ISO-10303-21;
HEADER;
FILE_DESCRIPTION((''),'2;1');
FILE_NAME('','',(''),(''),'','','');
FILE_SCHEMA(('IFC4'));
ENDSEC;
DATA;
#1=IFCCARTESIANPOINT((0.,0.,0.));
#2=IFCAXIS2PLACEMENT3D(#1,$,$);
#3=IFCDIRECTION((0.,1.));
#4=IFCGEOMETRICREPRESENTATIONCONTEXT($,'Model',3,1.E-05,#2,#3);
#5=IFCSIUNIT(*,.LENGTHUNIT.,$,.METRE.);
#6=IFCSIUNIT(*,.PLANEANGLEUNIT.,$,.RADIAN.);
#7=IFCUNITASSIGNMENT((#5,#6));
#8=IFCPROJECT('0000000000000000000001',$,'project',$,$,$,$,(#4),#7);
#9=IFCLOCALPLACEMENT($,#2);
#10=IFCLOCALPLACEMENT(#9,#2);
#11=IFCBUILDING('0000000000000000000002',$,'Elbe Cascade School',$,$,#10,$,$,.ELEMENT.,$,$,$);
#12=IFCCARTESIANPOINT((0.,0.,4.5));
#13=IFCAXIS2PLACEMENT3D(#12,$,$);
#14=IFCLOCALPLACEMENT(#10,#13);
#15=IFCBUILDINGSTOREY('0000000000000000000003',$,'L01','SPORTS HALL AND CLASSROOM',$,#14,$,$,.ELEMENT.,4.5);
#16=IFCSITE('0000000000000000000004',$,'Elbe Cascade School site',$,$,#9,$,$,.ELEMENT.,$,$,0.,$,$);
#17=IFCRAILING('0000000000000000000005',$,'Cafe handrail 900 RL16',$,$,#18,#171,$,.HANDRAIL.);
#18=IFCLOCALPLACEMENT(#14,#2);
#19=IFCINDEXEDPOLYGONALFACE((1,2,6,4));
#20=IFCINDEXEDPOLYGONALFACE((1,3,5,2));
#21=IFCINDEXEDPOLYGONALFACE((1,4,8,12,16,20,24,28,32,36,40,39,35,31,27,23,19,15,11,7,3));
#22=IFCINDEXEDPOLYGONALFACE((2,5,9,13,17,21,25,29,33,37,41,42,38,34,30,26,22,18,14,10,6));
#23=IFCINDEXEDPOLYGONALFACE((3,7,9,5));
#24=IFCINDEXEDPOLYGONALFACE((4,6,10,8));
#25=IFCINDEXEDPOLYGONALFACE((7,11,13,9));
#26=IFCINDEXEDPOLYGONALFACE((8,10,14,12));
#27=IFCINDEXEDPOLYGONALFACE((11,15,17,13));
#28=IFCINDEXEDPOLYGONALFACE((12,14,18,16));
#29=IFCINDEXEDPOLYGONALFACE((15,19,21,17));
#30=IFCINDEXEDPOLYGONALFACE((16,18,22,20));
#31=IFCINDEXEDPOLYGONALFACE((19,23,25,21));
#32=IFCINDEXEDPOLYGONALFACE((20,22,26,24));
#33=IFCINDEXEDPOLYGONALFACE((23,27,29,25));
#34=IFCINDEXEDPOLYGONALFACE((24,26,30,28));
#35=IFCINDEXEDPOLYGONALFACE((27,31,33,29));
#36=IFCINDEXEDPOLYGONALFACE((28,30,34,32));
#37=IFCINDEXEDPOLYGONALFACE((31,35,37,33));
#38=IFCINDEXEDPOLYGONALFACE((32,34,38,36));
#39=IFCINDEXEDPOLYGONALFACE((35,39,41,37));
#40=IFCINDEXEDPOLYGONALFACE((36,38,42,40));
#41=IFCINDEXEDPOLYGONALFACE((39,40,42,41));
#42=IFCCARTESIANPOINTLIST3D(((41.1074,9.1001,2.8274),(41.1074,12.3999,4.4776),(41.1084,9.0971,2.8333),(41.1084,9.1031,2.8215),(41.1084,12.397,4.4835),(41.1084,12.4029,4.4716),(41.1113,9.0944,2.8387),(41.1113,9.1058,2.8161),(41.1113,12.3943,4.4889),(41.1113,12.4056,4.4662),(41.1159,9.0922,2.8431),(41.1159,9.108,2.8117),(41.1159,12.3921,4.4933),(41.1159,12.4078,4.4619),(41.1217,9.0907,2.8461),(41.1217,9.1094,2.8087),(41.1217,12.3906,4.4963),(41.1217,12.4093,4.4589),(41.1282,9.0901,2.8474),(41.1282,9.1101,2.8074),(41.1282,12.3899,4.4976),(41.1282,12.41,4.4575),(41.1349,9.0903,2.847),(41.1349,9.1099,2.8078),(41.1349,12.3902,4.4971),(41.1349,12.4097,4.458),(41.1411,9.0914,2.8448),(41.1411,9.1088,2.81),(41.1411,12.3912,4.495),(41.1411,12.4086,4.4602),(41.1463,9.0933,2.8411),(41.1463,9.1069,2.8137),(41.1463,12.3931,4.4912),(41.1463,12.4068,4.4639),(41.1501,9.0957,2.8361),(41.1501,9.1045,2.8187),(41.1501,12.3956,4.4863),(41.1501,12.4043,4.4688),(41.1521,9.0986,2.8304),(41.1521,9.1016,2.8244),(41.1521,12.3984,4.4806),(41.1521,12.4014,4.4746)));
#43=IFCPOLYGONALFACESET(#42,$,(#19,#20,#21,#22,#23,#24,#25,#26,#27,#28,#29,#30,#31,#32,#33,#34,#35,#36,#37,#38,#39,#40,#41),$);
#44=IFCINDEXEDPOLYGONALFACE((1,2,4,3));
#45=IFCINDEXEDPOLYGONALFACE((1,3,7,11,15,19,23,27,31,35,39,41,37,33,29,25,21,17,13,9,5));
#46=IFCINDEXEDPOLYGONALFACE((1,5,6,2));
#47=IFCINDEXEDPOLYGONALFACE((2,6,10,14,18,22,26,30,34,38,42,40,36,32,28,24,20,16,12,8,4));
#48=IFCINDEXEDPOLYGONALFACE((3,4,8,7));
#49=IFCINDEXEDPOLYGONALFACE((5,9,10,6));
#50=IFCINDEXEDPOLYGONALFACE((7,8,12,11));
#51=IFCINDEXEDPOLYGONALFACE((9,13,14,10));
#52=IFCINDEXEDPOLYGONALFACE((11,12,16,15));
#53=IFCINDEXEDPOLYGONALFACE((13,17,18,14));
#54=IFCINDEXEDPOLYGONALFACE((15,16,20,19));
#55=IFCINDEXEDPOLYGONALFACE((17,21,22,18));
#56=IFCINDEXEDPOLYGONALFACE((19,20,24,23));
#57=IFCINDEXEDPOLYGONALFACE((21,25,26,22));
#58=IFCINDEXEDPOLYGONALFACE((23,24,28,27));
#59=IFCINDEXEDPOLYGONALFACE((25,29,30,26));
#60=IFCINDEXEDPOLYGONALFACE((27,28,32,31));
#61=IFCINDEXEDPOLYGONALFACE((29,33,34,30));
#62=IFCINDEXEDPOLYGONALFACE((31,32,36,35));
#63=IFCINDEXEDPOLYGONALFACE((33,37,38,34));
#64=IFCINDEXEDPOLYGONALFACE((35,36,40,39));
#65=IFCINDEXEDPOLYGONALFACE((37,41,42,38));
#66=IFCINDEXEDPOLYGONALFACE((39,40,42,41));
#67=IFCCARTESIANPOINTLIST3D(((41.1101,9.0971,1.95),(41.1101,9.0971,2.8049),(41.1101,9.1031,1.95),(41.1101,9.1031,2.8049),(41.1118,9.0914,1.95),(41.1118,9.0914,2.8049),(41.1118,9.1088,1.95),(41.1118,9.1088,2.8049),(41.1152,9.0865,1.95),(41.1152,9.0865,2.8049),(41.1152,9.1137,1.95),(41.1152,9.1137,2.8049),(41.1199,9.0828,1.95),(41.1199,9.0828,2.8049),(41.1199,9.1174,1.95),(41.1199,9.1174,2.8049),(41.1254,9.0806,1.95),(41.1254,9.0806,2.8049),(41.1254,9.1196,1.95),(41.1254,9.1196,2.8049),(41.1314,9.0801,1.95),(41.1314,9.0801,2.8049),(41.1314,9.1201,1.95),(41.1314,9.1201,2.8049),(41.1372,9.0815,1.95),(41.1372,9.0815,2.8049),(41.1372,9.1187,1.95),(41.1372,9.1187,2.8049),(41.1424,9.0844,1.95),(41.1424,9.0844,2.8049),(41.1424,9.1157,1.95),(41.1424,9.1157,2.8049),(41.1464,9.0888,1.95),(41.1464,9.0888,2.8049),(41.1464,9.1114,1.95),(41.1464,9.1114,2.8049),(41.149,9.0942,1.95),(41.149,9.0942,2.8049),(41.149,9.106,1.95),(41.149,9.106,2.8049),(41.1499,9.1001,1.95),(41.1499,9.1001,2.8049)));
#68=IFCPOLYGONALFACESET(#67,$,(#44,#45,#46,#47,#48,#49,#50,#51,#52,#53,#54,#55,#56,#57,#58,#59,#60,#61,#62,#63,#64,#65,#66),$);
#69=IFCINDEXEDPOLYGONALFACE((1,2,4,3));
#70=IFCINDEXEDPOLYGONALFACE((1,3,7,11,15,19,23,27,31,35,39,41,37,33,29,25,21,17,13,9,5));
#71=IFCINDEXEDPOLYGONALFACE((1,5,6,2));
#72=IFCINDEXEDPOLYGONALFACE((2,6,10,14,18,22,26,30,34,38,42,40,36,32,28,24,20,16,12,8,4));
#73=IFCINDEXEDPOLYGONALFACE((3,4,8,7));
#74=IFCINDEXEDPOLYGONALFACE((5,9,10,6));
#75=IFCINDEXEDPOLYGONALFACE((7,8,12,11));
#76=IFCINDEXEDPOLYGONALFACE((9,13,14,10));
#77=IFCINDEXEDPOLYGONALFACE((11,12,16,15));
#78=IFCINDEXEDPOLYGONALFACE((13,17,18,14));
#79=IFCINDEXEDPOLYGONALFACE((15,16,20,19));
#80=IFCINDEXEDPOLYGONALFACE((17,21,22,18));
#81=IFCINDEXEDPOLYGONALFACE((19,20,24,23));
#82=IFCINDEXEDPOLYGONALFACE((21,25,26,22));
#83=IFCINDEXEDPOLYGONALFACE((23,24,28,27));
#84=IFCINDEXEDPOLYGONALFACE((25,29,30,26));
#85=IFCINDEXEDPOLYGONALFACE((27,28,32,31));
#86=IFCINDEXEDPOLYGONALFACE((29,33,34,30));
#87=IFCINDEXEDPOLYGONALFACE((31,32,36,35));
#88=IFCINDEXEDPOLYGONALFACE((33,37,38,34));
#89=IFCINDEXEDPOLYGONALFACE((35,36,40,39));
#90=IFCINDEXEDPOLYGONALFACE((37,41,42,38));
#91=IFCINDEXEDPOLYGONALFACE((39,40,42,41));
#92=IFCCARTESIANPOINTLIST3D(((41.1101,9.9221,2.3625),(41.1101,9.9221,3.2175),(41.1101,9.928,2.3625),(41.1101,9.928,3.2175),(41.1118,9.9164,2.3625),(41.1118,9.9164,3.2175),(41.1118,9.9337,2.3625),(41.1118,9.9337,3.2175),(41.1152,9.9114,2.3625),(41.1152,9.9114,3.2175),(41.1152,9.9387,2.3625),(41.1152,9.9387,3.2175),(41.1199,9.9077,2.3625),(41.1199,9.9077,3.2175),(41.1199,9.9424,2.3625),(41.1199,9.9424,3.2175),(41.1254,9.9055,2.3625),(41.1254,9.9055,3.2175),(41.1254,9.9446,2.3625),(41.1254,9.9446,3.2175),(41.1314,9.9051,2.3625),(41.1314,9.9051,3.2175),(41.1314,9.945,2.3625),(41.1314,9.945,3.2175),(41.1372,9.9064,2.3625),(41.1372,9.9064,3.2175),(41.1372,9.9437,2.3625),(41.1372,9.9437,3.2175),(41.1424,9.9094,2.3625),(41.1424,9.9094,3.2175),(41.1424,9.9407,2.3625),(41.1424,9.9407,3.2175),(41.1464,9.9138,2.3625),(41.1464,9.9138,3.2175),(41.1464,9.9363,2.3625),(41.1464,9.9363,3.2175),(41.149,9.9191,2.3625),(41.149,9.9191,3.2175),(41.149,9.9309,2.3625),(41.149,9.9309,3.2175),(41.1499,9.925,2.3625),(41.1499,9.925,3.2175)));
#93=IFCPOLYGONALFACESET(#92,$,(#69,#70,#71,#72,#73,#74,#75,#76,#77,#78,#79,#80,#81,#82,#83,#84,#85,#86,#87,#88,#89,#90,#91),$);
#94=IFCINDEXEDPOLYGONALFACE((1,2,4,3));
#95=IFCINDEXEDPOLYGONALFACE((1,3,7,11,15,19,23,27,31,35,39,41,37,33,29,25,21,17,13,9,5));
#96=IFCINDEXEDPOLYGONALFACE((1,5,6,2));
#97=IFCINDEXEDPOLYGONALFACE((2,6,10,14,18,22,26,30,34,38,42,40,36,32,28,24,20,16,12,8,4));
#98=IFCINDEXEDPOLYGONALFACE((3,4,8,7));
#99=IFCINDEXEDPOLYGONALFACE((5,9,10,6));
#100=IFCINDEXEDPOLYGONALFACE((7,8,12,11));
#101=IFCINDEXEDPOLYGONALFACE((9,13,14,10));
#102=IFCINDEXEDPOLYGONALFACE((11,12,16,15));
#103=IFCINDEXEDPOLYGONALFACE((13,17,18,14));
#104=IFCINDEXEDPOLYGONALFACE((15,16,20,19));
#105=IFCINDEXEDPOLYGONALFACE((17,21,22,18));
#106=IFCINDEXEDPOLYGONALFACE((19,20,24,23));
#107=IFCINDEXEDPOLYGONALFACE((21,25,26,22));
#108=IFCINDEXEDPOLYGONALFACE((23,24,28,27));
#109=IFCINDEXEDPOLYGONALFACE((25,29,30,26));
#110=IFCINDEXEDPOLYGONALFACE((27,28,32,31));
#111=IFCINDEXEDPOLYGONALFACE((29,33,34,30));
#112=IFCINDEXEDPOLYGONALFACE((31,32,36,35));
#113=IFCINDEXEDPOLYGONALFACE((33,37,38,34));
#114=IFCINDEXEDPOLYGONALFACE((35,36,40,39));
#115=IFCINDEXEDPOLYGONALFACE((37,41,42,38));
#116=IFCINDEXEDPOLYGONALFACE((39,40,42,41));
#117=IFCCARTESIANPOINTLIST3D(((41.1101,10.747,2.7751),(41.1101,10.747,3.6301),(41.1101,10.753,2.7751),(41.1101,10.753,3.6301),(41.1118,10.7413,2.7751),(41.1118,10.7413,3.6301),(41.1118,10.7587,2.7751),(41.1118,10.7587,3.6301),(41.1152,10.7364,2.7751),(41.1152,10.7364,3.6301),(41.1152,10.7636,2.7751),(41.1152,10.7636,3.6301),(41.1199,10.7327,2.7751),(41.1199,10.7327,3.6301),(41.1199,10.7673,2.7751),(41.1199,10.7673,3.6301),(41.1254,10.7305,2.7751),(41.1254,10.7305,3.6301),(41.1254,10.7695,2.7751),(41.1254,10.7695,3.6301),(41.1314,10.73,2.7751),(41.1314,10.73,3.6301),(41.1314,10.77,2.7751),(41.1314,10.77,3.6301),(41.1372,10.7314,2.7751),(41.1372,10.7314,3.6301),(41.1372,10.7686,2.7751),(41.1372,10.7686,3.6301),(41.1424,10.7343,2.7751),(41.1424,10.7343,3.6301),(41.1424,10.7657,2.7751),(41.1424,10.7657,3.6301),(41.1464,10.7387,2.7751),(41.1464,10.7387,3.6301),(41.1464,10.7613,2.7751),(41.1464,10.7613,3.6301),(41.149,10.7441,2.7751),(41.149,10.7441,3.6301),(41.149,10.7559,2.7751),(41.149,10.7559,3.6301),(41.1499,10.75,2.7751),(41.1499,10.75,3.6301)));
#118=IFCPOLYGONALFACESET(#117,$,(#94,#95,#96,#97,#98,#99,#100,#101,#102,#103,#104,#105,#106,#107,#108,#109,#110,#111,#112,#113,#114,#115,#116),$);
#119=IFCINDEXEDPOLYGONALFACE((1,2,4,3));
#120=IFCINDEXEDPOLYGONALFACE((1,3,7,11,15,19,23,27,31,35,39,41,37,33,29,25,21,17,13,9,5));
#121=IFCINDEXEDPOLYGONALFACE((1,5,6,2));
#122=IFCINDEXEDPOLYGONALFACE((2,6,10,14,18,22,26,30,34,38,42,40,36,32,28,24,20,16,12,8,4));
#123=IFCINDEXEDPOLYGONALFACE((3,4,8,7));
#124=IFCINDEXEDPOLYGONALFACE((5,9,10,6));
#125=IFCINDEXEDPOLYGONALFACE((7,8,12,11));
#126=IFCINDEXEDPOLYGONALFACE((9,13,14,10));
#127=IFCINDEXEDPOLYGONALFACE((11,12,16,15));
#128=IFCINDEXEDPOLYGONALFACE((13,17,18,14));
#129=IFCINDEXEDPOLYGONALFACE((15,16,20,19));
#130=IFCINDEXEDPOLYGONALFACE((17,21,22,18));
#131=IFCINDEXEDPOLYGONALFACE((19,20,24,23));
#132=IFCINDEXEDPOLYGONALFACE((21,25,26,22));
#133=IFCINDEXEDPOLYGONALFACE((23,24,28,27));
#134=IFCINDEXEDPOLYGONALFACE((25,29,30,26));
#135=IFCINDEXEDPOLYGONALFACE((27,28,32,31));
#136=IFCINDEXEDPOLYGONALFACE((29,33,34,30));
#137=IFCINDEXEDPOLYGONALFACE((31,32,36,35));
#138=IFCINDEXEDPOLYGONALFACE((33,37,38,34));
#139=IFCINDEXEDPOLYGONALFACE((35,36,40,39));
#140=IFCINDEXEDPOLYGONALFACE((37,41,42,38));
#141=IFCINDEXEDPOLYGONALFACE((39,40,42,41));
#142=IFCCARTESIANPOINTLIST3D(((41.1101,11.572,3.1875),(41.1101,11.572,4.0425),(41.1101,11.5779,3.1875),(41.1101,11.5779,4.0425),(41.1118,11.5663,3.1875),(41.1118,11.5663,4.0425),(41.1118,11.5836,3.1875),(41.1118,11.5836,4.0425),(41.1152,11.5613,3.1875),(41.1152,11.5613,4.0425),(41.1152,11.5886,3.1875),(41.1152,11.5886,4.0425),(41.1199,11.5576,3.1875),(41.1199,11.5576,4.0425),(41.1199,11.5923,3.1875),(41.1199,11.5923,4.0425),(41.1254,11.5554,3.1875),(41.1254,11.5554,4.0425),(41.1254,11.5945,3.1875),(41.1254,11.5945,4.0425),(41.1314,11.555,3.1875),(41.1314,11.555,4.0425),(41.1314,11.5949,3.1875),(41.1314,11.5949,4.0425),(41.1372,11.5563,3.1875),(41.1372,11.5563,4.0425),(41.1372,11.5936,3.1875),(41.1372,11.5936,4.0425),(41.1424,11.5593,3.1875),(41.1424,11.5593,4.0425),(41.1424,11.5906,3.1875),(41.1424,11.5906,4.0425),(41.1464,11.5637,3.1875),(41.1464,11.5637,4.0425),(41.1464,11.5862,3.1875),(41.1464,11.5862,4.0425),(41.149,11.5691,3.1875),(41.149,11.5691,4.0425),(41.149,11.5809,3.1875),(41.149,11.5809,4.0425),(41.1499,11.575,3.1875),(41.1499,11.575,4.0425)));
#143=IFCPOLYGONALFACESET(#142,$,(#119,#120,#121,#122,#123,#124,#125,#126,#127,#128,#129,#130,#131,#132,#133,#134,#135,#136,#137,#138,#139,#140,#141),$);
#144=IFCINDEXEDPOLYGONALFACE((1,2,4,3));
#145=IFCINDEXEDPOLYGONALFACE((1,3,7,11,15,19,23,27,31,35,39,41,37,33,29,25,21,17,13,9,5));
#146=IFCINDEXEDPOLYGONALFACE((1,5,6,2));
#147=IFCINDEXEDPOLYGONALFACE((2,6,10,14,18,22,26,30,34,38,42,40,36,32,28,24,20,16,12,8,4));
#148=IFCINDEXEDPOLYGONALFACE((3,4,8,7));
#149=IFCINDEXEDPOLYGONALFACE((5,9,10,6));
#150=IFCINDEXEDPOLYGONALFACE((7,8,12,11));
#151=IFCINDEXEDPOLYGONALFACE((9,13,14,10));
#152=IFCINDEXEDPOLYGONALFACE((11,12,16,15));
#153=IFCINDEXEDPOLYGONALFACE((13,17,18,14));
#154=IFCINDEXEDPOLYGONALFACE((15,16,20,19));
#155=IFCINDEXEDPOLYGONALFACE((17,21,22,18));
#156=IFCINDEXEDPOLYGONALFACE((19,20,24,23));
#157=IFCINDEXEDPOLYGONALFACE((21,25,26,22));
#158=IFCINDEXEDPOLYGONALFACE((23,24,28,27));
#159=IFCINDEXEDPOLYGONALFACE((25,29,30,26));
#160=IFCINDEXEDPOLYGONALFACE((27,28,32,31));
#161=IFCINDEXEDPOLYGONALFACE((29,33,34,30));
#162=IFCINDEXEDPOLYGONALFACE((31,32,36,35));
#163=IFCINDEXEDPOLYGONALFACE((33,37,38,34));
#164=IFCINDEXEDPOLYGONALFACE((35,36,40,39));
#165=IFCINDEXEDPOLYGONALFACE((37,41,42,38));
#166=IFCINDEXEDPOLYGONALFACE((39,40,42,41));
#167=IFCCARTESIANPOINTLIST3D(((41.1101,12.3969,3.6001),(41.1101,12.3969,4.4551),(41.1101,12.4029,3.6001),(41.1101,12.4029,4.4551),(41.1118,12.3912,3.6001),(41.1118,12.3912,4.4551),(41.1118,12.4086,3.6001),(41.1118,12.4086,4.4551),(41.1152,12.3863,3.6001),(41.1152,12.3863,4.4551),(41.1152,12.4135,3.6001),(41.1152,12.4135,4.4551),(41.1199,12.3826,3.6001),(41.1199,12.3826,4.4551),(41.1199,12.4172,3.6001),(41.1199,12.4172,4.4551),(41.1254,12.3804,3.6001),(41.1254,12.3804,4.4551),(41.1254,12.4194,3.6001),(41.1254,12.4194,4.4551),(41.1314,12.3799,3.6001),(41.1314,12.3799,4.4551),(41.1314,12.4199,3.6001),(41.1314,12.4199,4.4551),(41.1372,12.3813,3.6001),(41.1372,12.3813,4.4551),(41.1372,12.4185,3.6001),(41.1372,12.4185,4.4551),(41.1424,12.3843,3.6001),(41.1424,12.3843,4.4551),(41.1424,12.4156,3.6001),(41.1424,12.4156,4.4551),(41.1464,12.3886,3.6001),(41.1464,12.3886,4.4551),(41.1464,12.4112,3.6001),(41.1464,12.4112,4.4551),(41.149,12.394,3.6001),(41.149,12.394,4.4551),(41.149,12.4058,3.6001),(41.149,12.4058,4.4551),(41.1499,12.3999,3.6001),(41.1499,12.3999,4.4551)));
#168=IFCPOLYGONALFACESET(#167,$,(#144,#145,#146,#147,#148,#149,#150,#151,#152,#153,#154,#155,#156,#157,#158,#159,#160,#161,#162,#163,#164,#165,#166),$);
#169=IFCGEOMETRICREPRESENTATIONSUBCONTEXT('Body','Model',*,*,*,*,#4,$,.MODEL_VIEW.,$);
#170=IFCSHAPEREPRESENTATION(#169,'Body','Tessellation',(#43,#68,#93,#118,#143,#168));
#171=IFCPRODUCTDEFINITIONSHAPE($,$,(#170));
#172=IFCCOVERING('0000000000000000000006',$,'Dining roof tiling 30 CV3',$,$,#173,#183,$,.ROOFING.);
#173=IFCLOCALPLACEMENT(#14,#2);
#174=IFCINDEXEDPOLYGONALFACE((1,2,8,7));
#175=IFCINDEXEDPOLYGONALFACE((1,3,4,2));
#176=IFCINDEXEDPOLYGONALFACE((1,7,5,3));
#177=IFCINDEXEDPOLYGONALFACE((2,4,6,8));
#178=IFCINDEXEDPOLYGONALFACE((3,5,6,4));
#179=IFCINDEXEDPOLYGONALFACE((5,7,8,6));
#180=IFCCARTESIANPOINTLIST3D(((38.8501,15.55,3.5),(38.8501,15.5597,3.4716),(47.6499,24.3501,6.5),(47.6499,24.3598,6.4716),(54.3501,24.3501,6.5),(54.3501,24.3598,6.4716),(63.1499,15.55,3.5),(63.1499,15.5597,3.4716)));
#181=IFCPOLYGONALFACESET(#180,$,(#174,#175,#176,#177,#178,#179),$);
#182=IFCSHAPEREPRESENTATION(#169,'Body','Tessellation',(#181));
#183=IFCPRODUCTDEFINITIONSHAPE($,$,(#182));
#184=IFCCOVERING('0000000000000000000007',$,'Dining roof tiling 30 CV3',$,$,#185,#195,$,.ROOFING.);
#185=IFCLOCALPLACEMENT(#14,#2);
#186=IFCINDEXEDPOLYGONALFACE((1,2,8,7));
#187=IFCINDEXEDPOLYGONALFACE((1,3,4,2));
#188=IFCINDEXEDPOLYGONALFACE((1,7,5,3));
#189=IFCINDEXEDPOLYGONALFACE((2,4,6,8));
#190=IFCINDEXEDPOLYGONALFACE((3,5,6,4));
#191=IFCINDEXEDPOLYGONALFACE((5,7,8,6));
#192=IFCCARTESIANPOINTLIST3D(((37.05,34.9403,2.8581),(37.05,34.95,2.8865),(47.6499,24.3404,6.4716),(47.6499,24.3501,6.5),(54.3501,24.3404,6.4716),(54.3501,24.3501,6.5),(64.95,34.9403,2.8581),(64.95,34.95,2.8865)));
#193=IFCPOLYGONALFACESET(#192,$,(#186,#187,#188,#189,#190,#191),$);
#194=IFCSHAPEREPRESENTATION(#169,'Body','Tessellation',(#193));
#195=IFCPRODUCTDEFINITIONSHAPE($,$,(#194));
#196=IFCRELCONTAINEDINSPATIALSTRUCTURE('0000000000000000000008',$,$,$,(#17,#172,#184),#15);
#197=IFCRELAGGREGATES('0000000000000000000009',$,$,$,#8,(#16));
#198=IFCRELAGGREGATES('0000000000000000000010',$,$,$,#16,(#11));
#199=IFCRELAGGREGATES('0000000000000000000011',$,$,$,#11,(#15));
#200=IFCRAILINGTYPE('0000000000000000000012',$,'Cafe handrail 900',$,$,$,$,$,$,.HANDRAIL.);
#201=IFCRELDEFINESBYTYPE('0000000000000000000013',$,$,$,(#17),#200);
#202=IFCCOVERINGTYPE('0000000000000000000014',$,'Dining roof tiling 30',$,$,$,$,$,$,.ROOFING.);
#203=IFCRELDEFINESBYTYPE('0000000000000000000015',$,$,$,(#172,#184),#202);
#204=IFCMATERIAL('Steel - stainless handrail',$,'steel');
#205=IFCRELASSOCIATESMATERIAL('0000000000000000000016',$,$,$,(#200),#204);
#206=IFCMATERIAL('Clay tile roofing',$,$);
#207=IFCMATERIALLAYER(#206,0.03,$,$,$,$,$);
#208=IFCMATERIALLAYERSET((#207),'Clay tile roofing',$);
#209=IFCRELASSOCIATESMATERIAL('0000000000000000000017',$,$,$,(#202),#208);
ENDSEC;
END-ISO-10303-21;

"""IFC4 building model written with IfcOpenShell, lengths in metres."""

from ifc_helpers import new_model, si_unit, direction, frame, origin, origin_2d, place, context, subcontext, project, spatial, polyline, circle, outline, extrude, material, layer, layer_set, type_object, element, save


model = new_model("IFC4")

# Units and contexts
model_context = context("Model", 3, precision=1e-05, world=origin(), true_north=direction((0.0, 1.0)))
body_context = subcontext(model_context, "Body", "Model", "MODEL_VIEW")
ifc_project = project(units=[si_unit("LENGTHUNIT", "METRE"), si_unit("PLANEANGLEUNIT", "RADIAN")], contexts=[model_context])

# Site, building, storey
site_placement = place(None, origin())
site = spatial("IfcSite", under=ifc_project, at=site_placement, Name="Elbe Cascade School site", CompositionType="ELEMENT", RefElevation=0.0)
building_placement = place(site_placement, origin())
building = spatial("IfcBuilding", under=site, at=building_placement, Name="Elbe Cascade School", CompositionType="ELEMENT")
storey_placement = place(building_placement, frame((0.0, 0.0, 4.5)))
storey = spatial("IfcBuildingStorey", under=building, at=storey_placement, Name="L01", Description="SPORTS HALL AND CLASSROOM", CompositionType="ELEMENT", Elevation=4.5)

# Railing
ifc_material_1 = material(Name="Steel - stainless handrail", Category="steel")
railing_type_1 = type_object("IfcRailingType", Name="Cafe handrail 900", PredefinedType="HANDRAIL", material=ifc_material_1)
railing_1_placement = place(storey_placement, frame((41.1299, 9.1001, 1.95)))
element("IfcRailing", 1, at=railing_1_placement, inside=storey, type_object=railing_type_1, Name="Cafe handrail 900 RL16", PredefinedType="HANDRAIL", context=body_context, shape_type="SweptSolid", body=[
    extrude(circle(Radius=0.0225, at=origin_2d()), frame((0.0, 0.0, 0.8774), z_axis=(0.0, 0.894401, 0.447267), x_axis=(-1.0, 0.0, 0.0)), (0.0, 0.0, 1.0), 3.6895),
    extrude(circle(Radius=0.02, at=origin_2d()), origin(), (0.0, 0.0, 1.0), 0.855),
    extrude(circle(Radius=0.02, at=origin_2d()), frame((0.0, 0.825, 0.4126)), (0.0, 0.0, 1.0), 0.855),
    extrude(circle(Radius=0.02, at=origin_2d()), frame((0.0, 1.6499, 0.8252)), (0.0, 0.0, 1.0), 0.855),
    extrude(circle(Radius=0.02, at=origin_2d()), frame((0.0, 2.4749, 1.2375)), (0.0, 0.0, 1.0), 0.855),
    extrude(circle(Radius=0.02, at=origin_2d()), frame((0.0, 3.2998, 1.6501)), (0.0, 0.0, 1.0), 0.855),
])

# Coverings
ifc_material_2 = material(Name="Clay tile roofing")
ifc_layer_1 = layer(ifc_material_2, 0.03)
ifc_layer_set_1 = layer_set([ifc_layer_1], Name="Clay tile roofing")
covering_type = type_object("IfcCoveringType", Name="Dining roof tiling 30", PredefinedType="ROOFING", material=ifc_layer_set_1)
covering_1_placement = place(storey_placement, frame((47.6499, 24.3501, 6.5), z_axis=(0.0, -0.322672, 0.946511), x_axis=(1.0, 0.0, 0.0)))
element("IfcCovering", 2, at=covering_1_placement, inside=storey, type_object=covering_type, Name="Dining roof tiling 30 CV3", PredefinedType="ROOFING", context=body_context, shape_type="SweptSolid", body=[
    extrude(outline(polyline([(0.0, 0.0), (6.7002, 0.0), (15.5, -9.2974), (-8.7998, -9.2974), (0.0, 0.0)])), origin(), (0.0, 0.0, -1.0), 0.03),
])
covering_2_placement = place(storey_placement, frame((47.6499, 24.3501, 6.5), z_axis=(0.0, 0.322669, 0.946512), x_axis=(-0.687417, 0.687417, -0.234343)))
element("IfcCovering", 3, at=covering_2_placement, inside=storey, type_object=covering_type, Name="Dining roof tiling 30 CV3", PredefinedType="ROOFING", context=body_context, shape_type="SweptSolid", body=[
    extrude(outline(polyline([(0.0, 0.0), (15.4198, 0.0), (-3.759, -20.2627), (-4.6058, -4.8661), (0.0, 0.0)])), origin(), (0.0, 0.0, -1.0), 0.03),
])

save(model, "model.ifc")
